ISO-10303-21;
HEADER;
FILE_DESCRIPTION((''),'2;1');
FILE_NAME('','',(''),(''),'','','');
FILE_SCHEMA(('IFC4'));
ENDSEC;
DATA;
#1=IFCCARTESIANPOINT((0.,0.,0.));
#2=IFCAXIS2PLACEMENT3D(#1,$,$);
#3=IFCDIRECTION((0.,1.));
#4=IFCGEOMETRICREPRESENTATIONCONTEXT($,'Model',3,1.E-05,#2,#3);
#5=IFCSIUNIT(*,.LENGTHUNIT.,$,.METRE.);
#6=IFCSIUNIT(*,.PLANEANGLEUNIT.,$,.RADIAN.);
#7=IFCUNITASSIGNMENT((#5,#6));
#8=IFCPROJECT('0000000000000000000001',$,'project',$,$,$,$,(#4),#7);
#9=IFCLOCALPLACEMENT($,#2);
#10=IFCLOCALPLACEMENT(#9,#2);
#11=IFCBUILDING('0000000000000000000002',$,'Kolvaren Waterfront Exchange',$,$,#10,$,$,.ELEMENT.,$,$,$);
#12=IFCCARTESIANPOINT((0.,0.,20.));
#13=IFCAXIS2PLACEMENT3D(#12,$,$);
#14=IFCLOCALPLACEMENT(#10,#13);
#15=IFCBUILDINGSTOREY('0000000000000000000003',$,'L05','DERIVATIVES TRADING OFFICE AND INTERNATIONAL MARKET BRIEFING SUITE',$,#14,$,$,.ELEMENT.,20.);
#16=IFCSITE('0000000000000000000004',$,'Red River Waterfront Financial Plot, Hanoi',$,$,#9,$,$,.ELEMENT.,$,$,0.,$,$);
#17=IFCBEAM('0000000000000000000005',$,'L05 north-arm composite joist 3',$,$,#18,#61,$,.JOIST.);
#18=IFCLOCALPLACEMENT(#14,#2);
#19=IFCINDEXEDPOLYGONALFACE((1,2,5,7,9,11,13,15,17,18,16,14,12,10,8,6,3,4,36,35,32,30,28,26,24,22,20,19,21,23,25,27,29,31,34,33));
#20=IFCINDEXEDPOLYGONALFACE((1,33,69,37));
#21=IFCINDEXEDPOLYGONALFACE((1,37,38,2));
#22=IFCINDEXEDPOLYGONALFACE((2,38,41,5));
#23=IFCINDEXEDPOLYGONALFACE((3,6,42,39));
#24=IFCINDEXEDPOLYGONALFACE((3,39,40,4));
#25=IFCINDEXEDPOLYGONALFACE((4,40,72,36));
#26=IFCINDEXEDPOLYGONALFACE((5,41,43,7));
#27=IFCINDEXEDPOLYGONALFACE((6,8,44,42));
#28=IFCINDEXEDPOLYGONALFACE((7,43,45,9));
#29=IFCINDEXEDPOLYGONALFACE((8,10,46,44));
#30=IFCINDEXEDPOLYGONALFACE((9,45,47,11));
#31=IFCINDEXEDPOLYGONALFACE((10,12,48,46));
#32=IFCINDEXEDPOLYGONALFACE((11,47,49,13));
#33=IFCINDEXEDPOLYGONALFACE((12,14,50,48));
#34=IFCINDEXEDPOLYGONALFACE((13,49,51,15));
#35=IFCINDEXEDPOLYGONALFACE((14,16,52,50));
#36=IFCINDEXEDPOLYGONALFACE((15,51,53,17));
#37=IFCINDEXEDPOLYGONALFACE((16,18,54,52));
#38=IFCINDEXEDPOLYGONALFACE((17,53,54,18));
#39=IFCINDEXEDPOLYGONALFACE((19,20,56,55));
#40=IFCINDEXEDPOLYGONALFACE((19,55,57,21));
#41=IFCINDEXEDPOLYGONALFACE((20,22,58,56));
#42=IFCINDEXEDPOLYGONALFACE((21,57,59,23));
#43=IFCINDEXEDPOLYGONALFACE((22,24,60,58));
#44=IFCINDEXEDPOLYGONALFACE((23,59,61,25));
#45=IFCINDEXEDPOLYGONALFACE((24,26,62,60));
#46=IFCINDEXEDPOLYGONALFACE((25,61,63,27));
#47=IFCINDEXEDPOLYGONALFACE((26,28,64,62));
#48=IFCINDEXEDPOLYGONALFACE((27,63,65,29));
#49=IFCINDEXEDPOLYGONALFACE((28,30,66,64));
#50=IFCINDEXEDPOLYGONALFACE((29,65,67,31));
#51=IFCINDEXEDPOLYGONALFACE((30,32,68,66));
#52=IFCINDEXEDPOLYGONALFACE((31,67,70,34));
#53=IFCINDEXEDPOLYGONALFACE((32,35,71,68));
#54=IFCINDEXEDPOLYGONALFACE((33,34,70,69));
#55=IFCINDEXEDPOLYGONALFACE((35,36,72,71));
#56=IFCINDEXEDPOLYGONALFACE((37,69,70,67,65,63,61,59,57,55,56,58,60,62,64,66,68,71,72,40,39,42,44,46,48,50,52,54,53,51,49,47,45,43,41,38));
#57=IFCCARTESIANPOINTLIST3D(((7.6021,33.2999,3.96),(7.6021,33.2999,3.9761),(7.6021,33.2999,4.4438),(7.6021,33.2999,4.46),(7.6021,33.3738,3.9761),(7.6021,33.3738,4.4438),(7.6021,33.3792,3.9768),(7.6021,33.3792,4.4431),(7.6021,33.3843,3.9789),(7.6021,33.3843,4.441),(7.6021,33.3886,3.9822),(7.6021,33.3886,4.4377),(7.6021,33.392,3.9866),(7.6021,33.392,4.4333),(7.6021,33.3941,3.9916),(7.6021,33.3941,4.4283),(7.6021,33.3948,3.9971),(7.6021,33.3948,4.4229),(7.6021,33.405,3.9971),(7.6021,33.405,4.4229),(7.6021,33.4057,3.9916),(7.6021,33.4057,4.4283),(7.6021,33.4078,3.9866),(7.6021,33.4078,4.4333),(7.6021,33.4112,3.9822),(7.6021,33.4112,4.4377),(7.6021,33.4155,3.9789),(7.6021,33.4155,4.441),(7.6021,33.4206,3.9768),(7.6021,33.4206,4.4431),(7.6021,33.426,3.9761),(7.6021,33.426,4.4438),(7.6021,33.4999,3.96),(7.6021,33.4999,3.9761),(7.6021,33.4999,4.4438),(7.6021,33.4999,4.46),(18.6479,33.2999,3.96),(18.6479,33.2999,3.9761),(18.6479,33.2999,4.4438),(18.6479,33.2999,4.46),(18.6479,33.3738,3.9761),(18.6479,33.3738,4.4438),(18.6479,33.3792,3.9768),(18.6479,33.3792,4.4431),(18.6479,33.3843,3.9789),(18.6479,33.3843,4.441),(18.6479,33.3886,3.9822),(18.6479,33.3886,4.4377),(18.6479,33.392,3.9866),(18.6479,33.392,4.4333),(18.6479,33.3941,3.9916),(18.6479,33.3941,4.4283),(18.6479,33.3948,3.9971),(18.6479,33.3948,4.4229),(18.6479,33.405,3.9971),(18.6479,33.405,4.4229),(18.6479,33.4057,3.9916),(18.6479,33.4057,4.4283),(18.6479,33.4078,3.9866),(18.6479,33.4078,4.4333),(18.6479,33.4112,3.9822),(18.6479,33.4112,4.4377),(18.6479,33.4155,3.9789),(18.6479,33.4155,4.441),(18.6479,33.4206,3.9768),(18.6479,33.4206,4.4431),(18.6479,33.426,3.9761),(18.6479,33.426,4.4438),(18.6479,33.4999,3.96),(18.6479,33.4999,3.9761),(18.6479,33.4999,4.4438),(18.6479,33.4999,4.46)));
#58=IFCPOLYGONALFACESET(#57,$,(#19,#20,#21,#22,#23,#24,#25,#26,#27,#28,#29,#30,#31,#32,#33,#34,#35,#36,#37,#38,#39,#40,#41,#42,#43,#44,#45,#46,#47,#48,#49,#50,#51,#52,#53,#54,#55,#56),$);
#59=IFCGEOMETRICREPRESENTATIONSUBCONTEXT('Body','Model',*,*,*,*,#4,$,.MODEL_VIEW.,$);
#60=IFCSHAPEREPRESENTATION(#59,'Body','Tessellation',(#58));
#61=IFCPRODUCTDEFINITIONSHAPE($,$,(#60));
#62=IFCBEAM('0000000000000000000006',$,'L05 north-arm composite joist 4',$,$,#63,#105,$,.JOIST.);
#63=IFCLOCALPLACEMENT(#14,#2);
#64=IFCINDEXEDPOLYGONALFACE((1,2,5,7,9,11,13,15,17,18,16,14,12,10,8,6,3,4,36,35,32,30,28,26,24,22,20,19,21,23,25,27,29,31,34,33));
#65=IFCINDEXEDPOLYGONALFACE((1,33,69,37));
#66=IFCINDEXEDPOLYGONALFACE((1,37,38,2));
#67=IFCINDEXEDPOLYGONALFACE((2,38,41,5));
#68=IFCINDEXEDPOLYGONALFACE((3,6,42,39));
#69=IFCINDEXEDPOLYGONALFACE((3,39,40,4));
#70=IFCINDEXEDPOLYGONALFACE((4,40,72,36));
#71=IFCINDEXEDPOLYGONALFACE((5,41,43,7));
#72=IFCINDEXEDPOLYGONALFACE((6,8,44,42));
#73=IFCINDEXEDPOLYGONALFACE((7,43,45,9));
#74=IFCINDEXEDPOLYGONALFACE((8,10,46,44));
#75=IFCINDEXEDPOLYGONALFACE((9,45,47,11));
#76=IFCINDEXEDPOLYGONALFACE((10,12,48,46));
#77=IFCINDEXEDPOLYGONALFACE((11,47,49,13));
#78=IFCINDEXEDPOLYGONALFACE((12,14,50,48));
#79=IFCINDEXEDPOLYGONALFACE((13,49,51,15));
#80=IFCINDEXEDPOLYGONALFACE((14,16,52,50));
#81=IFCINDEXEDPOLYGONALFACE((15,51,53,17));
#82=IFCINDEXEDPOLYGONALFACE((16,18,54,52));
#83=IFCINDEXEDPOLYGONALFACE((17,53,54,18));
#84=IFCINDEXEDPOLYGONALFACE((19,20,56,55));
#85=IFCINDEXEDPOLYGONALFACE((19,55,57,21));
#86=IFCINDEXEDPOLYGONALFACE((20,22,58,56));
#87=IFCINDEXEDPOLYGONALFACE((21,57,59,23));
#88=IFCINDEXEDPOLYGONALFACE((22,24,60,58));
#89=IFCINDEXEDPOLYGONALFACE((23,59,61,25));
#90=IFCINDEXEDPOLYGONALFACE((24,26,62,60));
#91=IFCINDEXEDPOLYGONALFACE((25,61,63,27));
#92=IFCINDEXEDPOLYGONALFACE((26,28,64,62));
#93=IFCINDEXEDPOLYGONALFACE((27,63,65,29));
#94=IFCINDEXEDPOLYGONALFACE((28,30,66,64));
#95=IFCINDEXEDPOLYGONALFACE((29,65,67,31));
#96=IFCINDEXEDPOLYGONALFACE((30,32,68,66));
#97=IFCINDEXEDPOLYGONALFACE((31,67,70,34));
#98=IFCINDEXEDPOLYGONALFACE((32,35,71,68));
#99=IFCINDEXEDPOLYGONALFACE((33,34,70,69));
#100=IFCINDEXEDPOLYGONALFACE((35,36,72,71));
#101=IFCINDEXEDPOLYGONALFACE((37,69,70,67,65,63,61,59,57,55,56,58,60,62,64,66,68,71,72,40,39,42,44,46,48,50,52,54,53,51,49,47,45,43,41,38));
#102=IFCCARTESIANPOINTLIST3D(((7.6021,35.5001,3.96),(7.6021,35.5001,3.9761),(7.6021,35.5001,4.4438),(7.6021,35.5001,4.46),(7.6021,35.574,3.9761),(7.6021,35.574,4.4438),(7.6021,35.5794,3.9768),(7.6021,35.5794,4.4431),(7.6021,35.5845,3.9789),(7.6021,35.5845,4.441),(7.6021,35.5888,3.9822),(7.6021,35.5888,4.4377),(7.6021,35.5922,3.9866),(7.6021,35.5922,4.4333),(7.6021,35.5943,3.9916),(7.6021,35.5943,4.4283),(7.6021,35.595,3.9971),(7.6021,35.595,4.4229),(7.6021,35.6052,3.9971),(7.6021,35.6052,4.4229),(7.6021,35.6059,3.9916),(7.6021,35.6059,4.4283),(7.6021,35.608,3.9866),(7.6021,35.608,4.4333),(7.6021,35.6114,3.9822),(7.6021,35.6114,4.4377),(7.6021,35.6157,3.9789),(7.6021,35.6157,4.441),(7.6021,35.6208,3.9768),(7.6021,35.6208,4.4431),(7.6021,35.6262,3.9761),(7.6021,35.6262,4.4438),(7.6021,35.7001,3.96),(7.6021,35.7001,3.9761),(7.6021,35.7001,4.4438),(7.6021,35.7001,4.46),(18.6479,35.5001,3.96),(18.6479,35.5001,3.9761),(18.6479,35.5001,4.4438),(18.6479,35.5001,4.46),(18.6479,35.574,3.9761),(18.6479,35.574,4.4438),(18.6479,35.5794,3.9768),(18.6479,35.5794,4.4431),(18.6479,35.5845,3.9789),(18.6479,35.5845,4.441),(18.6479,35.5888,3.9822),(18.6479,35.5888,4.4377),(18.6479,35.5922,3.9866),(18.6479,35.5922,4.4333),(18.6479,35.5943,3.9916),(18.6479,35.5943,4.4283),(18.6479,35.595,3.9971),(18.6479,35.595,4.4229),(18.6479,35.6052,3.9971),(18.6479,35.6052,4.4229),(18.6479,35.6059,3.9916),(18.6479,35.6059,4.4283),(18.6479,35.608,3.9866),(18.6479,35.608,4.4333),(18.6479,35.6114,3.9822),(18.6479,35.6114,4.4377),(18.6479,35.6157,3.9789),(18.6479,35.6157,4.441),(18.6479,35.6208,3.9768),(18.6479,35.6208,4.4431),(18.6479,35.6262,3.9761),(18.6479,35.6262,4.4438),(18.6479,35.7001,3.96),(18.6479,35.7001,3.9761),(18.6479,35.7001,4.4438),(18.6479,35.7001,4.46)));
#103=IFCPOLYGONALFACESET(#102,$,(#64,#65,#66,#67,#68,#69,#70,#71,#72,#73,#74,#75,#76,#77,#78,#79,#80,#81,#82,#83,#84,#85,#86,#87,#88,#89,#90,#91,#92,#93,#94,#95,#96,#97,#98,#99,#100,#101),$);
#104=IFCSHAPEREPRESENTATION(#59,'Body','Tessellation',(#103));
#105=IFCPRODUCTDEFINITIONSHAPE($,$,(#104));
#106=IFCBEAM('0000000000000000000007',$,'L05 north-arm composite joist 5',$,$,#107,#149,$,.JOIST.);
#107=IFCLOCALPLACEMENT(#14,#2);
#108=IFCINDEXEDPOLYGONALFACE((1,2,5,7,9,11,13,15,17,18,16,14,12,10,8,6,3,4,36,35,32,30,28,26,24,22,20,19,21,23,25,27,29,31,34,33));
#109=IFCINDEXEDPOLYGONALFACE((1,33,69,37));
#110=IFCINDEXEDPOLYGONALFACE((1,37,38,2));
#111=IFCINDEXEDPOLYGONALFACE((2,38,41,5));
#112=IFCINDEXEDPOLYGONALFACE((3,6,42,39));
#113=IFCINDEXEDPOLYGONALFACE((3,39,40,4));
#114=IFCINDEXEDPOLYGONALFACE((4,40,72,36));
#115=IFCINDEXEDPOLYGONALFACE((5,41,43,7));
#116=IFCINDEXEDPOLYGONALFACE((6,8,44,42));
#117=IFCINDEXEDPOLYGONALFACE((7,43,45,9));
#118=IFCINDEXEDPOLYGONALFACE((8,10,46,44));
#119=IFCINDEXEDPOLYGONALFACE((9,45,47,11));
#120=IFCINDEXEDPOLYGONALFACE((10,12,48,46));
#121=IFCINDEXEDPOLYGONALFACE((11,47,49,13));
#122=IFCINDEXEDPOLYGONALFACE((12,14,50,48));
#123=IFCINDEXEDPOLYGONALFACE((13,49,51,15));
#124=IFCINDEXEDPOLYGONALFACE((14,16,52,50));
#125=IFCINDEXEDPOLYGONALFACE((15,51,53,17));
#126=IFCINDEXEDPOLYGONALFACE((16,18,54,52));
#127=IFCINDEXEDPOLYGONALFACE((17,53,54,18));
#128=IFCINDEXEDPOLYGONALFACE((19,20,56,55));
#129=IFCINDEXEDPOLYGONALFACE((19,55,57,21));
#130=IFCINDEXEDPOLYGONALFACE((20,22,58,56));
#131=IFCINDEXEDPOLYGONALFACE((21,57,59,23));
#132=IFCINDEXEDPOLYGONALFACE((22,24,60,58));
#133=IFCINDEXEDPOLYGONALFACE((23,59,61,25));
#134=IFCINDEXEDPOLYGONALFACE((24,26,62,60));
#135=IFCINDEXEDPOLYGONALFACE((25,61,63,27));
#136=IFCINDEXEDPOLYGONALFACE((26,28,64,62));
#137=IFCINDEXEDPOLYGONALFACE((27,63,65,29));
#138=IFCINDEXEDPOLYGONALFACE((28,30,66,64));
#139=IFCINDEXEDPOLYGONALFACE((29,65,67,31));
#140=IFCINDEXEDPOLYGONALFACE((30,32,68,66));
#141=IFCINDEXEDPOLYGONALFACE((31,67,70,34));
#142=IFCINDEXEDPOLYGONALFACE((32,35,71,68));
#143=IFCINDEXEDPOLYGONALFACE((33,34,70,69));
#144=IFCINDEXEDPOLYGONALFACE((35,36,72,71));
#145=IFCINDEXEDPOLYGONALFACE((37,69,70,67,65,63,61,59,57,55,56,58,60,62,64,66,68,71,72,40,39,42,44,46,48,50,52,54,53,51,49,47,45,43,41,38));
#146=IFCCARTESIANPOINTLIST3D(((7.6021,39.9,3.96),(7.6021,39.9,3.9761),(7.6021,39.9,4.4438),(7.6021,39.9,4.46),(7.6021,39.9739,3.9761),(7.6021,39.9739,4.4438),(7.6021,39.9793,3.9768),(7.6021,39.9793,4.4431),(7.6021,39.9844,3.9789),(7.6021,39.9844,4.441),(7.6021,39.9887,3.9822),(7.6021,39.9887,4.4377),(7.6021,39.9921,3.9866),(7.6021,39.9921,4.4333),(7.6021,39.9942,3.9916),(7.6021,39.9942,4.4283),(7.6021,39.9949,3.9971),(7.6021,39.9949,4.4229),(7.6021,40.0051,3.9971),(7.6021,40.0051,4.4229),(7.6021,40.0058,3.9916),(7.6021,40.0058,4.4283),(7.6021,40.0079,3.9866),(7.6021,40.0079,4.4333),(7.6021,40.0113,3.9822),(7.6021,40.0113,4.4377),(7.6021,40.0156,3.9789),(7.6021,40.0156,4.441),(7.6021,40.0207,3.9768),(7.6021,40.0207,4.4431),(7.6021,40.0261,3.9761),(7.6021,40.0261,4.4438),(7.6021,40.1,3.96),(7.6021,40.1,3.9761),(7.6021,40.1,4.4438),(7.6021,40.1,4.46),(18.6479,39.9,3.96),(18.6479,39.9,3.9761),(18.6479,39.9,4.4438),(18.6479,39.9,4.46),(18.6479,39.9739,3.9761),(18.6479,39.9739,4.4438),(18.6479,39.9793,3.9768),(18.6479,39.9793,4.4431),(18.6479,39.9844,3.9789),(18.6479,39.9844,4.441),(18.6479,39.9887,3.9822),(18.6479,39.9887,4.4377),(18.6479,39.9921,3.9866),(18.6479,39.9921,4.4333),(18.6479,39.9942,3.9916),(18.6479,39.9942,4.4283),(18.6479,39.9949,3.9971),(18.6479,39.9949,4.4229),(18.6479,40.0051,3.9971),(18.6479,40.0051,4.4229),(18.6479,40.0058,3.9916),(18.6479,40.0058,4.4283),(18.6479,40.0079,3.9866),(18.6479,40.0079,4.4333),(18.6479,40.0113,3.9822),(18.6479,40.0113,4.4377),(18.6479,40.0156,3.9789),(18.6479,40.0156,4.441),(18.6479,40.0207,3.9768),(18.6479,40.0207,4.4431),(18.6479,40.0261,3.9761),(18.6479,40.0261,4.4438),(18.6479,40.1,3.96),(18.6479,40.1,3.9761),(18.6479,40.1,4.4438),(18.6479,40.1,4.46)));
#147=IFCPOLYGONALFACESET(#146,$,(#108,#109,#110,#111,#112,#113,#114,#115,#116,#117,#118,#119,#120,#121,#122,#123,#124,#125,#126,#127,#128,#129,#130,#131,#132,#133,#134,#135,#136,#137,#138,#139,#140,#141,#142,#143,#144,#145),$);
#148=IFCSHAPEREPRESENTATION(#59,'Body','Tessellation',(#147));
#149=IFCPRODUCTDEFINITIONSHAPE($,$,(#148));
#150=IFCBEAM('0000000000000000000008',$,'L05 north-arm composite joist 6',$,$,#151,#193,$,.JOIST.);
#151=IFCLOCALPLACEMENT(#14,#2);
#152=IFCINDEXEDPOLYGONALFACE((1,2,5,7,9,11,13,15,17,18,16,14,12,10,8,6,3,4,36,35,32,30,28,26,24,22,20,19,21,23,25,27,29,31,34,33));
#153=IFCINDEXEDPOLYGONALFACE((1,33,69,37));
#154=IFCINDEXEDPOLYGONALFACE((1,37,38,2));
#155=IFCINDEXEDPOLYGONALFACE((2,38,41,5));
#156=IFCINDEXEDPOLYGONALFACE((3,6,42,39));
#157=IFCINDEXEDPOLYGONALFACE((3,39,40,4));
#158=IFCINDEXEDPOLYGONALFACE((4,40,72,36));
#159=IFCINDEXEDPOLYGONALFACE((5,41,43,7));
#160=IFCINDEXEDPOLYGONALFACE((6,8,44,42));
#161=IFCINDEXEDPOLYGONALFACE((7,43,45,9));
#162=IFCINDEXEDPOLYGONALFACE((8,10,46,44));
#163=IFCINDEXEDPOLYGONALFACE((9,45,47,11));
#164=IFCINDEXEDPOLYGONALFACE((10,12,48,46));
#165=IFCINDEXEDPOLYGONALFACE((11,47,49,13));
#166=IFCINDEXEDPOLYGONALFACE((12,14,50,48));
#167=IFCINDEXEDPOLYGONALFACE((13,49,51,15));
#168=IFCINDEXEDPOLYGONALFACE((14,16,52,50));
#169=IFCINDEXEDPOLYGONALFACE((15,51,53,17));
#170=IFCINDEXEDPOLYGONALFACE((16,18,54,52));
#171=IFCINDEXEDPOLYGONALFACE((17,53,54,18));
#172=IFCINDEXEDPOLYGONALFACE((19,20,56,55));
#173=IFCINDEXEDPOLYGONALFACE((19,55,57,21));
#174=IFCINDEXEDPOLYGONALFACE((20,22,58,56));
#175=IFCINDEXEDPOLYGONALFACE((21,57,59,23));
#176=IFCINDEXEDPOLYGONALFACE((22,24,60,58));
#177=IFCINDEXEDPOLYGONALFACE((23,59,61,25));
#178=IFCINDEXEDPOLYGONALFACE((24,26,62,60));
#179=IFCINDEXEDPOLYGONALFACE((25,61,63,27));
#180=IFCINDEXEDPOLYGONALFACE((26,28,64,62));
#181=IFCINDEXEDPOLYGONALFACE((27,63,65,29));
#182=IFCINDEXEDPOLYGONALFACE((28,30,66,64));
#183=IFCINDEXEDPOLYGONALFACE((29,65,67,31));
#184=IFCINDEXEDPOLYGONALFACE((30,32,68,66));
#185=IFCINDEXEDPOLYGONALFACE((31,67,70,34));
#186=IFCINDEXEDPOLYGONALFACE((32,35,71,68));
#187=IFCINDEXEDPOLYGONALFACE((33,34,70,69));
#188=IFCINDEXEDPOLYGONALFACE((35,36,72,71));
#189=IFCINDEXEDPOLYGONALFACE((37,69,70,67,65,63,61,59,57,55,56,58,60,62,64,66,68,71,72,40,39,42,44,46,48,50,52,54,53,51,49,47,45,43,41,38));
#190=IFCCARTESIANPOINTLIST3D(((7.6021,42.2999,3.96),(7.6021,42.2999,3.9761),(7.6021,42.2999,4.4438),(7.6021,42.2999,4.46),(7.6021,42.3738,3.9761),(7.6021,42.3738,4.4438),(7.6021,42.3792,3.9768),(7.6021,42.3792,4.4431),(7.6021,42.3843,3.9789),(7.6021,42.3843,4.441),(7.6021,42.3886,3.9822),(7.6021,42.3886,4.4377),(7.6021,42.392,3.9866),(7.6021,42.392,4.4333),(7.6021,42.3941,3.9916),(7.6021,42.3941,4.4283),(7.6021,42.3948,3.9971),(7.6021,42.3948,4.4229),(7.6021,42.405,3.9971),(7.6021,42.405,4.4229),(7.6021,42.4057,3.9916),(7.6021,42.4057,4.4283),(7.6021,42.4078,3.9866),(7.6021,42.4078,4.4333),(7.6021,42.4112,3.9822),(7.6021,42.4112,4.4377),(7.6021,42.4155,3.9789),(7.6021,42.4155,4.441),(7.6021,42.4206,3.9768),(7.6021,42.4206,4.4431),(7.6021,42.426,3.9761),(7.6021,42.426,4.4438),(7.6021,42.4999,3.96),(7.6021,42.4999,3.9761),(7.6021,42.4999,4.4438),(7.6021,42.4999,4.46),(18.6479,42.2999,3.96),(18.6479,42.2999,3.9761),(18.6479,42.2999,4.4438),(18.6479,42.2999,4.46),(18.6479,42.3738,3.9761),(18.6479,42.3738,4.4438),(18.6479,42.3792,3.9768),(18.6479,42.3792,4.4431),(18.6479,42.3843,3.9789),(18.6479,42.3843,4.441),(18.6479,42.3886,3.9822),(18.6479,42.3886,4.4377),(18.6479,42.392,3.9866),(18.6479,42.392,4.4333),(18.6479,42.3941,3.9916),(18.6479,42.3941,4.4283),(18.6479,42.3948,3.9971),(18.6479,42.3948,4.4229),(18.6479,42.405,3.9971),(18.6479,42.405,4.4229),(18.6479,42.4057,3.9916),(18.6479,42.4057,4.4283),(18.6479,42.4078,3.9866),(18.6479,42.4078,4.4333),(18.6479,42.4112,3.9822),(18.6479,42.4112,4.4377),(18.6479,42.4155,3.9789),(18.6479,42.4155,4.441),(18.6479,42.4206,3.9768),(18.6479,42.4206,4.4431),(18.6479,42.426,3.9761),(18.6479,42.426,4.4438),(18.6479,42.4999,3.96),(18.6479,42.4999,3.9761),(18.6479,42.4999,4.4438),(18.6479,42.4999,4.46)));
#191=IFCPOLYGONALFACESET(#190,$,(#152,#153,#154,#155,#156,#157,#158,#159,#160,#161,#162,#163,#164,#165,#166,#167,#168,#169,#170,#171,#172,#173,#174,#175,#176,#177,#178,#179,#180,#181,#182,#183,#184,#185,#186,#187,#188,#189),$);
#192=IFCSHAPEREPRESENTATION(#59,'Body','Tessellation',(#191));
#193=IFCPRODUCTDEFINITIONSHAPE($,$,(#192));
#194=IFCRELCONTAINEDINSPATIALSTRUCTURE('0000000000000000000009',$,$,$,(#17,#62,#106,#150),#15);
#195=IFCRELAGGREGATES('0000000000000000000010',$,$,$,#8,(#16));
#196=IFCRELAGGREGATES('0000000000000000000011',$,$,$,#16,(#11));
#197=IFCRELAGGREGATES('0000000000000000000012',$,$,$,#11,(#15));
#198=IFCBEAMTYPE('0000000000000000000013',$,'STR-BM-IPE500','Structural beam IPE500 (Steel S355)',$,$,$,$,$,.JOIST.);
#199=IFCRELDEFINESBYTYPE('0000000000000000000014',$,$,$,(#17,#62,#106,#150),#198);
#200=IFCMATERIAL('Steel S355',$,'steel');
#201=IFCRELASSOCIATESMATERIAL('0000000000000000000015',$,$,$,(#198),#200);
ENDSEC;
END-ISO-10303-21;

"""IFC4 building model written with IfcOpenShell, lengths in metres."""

from ifc_helpers import new_model, si_unit, direction, frame, origin, origin_2d, place, context, subcontext, project, spatial, i_section, extrude, material, material_profile, profile_set, type_object, element, save


model = new_model("IFC4")

# Units and contexts
model_context = context("Model", 3, precision=1e-05, world=origin(), true_north=direction((0.0, 1.0)))
body_context = subcontext(model_context, "Body", "Model", "MODEL_VIEW")
ifc_project = project(units=[si_unit("LENGTHUNIT", "METRE"), si_unit("PLANEANGLEUNIT", "RADIAN")], contexts=[model_context])

# Site, building, storey
site_placement = place(None, origin())
site = spatial("IfcSite", under=ifc_project, at=site_placement, Name="Red River Waterfront Financial Plot, Hanoi", CompositionType="ELEMENT", RefElevation=0.0)
building_placement = place(site_placement, origin())
building = spatial("IfcBuilding", under=site, at=building_placement, Name="Kolvaren Waterfront Exchange", CompositionType="ELEMENT")
storey_placement = place(building_placement, frame((0.0, 0.0, 20.0)))
storey = spatial("IfcBuildingStorey", under=building, at=storey_placement, Name="L05", Description="DERIVATIVES TRADING OFFICE AND INTERNATIONAL MARKET BRIEFING SUITE", CompositionType="ELEMENT", Elevation=20.0)

# Beams
ifc_material_1 = material(Name="Steel S355", Category="steel")
ifc_material_profile_1 = material_profile(ifc_material_1, i_section(OverallWidth=0.2, OverallDepth=0.5, WebThickness=0.0103, FlangeThickness=0.0161, FilletRadius=0.021, at=origin_2d()), Name="IPE500")
ifc_profile_set_1 = profile_set([ifc_material_profile_1], Name="Steel S355")
beam_type_1 = type_object("IfcBeamType", Name="STR-BM-IPE500", Description="Structural beam IPE500 (Steel S355)", PredefinedType="JOIST", material=ifc_profile_set_1)
for number, where, z_axis, x_axis, name in (
    (1, (7.6021, 33.3999, 4.21), (1.0, 0.0, 0.0), (0.0, 1.0, 0.0), "L05 north-arm composite joist 3"),
    (2, (7.6021, 35.6001, 4.21), (1.0, 0.0, 0.0), (0.0, 1.0, 0.0), "L05 north-arm composite joist 4"),
    (3, (7.6021, 40.0, 4.21), (1.0, 0.0, 0.0), (0.0, 1.0, 0.0), "L05 north-arm composite joist 5"),
    (4, (7.6021, 42.3999, 4.21), (1.0, 0.0, 0.0), (0.0, 1.0, 0.0), "L05 north-arm composite joist 6"),
):
    element("IfcBeam", number, at=place(storey_placement, frame(where, z_axis=z_axis, x_axis=x_axis)), inside=storey, type_object=beam_type_1, Name=name, PredefinedType="JOIST", context=body_context, shape_type="SweptSolid", body=[
        extrude(i_section(OverallWidth=0.2, OverallDepth=0.5, WebThickness=0.0103, FlangeThickness=0.0161, FilletRadius=0.021, at=origin_2d()), origin(), (0.0, 0.0, 1.0), 11.0459),
    ])

save(model, "model.ifc")
